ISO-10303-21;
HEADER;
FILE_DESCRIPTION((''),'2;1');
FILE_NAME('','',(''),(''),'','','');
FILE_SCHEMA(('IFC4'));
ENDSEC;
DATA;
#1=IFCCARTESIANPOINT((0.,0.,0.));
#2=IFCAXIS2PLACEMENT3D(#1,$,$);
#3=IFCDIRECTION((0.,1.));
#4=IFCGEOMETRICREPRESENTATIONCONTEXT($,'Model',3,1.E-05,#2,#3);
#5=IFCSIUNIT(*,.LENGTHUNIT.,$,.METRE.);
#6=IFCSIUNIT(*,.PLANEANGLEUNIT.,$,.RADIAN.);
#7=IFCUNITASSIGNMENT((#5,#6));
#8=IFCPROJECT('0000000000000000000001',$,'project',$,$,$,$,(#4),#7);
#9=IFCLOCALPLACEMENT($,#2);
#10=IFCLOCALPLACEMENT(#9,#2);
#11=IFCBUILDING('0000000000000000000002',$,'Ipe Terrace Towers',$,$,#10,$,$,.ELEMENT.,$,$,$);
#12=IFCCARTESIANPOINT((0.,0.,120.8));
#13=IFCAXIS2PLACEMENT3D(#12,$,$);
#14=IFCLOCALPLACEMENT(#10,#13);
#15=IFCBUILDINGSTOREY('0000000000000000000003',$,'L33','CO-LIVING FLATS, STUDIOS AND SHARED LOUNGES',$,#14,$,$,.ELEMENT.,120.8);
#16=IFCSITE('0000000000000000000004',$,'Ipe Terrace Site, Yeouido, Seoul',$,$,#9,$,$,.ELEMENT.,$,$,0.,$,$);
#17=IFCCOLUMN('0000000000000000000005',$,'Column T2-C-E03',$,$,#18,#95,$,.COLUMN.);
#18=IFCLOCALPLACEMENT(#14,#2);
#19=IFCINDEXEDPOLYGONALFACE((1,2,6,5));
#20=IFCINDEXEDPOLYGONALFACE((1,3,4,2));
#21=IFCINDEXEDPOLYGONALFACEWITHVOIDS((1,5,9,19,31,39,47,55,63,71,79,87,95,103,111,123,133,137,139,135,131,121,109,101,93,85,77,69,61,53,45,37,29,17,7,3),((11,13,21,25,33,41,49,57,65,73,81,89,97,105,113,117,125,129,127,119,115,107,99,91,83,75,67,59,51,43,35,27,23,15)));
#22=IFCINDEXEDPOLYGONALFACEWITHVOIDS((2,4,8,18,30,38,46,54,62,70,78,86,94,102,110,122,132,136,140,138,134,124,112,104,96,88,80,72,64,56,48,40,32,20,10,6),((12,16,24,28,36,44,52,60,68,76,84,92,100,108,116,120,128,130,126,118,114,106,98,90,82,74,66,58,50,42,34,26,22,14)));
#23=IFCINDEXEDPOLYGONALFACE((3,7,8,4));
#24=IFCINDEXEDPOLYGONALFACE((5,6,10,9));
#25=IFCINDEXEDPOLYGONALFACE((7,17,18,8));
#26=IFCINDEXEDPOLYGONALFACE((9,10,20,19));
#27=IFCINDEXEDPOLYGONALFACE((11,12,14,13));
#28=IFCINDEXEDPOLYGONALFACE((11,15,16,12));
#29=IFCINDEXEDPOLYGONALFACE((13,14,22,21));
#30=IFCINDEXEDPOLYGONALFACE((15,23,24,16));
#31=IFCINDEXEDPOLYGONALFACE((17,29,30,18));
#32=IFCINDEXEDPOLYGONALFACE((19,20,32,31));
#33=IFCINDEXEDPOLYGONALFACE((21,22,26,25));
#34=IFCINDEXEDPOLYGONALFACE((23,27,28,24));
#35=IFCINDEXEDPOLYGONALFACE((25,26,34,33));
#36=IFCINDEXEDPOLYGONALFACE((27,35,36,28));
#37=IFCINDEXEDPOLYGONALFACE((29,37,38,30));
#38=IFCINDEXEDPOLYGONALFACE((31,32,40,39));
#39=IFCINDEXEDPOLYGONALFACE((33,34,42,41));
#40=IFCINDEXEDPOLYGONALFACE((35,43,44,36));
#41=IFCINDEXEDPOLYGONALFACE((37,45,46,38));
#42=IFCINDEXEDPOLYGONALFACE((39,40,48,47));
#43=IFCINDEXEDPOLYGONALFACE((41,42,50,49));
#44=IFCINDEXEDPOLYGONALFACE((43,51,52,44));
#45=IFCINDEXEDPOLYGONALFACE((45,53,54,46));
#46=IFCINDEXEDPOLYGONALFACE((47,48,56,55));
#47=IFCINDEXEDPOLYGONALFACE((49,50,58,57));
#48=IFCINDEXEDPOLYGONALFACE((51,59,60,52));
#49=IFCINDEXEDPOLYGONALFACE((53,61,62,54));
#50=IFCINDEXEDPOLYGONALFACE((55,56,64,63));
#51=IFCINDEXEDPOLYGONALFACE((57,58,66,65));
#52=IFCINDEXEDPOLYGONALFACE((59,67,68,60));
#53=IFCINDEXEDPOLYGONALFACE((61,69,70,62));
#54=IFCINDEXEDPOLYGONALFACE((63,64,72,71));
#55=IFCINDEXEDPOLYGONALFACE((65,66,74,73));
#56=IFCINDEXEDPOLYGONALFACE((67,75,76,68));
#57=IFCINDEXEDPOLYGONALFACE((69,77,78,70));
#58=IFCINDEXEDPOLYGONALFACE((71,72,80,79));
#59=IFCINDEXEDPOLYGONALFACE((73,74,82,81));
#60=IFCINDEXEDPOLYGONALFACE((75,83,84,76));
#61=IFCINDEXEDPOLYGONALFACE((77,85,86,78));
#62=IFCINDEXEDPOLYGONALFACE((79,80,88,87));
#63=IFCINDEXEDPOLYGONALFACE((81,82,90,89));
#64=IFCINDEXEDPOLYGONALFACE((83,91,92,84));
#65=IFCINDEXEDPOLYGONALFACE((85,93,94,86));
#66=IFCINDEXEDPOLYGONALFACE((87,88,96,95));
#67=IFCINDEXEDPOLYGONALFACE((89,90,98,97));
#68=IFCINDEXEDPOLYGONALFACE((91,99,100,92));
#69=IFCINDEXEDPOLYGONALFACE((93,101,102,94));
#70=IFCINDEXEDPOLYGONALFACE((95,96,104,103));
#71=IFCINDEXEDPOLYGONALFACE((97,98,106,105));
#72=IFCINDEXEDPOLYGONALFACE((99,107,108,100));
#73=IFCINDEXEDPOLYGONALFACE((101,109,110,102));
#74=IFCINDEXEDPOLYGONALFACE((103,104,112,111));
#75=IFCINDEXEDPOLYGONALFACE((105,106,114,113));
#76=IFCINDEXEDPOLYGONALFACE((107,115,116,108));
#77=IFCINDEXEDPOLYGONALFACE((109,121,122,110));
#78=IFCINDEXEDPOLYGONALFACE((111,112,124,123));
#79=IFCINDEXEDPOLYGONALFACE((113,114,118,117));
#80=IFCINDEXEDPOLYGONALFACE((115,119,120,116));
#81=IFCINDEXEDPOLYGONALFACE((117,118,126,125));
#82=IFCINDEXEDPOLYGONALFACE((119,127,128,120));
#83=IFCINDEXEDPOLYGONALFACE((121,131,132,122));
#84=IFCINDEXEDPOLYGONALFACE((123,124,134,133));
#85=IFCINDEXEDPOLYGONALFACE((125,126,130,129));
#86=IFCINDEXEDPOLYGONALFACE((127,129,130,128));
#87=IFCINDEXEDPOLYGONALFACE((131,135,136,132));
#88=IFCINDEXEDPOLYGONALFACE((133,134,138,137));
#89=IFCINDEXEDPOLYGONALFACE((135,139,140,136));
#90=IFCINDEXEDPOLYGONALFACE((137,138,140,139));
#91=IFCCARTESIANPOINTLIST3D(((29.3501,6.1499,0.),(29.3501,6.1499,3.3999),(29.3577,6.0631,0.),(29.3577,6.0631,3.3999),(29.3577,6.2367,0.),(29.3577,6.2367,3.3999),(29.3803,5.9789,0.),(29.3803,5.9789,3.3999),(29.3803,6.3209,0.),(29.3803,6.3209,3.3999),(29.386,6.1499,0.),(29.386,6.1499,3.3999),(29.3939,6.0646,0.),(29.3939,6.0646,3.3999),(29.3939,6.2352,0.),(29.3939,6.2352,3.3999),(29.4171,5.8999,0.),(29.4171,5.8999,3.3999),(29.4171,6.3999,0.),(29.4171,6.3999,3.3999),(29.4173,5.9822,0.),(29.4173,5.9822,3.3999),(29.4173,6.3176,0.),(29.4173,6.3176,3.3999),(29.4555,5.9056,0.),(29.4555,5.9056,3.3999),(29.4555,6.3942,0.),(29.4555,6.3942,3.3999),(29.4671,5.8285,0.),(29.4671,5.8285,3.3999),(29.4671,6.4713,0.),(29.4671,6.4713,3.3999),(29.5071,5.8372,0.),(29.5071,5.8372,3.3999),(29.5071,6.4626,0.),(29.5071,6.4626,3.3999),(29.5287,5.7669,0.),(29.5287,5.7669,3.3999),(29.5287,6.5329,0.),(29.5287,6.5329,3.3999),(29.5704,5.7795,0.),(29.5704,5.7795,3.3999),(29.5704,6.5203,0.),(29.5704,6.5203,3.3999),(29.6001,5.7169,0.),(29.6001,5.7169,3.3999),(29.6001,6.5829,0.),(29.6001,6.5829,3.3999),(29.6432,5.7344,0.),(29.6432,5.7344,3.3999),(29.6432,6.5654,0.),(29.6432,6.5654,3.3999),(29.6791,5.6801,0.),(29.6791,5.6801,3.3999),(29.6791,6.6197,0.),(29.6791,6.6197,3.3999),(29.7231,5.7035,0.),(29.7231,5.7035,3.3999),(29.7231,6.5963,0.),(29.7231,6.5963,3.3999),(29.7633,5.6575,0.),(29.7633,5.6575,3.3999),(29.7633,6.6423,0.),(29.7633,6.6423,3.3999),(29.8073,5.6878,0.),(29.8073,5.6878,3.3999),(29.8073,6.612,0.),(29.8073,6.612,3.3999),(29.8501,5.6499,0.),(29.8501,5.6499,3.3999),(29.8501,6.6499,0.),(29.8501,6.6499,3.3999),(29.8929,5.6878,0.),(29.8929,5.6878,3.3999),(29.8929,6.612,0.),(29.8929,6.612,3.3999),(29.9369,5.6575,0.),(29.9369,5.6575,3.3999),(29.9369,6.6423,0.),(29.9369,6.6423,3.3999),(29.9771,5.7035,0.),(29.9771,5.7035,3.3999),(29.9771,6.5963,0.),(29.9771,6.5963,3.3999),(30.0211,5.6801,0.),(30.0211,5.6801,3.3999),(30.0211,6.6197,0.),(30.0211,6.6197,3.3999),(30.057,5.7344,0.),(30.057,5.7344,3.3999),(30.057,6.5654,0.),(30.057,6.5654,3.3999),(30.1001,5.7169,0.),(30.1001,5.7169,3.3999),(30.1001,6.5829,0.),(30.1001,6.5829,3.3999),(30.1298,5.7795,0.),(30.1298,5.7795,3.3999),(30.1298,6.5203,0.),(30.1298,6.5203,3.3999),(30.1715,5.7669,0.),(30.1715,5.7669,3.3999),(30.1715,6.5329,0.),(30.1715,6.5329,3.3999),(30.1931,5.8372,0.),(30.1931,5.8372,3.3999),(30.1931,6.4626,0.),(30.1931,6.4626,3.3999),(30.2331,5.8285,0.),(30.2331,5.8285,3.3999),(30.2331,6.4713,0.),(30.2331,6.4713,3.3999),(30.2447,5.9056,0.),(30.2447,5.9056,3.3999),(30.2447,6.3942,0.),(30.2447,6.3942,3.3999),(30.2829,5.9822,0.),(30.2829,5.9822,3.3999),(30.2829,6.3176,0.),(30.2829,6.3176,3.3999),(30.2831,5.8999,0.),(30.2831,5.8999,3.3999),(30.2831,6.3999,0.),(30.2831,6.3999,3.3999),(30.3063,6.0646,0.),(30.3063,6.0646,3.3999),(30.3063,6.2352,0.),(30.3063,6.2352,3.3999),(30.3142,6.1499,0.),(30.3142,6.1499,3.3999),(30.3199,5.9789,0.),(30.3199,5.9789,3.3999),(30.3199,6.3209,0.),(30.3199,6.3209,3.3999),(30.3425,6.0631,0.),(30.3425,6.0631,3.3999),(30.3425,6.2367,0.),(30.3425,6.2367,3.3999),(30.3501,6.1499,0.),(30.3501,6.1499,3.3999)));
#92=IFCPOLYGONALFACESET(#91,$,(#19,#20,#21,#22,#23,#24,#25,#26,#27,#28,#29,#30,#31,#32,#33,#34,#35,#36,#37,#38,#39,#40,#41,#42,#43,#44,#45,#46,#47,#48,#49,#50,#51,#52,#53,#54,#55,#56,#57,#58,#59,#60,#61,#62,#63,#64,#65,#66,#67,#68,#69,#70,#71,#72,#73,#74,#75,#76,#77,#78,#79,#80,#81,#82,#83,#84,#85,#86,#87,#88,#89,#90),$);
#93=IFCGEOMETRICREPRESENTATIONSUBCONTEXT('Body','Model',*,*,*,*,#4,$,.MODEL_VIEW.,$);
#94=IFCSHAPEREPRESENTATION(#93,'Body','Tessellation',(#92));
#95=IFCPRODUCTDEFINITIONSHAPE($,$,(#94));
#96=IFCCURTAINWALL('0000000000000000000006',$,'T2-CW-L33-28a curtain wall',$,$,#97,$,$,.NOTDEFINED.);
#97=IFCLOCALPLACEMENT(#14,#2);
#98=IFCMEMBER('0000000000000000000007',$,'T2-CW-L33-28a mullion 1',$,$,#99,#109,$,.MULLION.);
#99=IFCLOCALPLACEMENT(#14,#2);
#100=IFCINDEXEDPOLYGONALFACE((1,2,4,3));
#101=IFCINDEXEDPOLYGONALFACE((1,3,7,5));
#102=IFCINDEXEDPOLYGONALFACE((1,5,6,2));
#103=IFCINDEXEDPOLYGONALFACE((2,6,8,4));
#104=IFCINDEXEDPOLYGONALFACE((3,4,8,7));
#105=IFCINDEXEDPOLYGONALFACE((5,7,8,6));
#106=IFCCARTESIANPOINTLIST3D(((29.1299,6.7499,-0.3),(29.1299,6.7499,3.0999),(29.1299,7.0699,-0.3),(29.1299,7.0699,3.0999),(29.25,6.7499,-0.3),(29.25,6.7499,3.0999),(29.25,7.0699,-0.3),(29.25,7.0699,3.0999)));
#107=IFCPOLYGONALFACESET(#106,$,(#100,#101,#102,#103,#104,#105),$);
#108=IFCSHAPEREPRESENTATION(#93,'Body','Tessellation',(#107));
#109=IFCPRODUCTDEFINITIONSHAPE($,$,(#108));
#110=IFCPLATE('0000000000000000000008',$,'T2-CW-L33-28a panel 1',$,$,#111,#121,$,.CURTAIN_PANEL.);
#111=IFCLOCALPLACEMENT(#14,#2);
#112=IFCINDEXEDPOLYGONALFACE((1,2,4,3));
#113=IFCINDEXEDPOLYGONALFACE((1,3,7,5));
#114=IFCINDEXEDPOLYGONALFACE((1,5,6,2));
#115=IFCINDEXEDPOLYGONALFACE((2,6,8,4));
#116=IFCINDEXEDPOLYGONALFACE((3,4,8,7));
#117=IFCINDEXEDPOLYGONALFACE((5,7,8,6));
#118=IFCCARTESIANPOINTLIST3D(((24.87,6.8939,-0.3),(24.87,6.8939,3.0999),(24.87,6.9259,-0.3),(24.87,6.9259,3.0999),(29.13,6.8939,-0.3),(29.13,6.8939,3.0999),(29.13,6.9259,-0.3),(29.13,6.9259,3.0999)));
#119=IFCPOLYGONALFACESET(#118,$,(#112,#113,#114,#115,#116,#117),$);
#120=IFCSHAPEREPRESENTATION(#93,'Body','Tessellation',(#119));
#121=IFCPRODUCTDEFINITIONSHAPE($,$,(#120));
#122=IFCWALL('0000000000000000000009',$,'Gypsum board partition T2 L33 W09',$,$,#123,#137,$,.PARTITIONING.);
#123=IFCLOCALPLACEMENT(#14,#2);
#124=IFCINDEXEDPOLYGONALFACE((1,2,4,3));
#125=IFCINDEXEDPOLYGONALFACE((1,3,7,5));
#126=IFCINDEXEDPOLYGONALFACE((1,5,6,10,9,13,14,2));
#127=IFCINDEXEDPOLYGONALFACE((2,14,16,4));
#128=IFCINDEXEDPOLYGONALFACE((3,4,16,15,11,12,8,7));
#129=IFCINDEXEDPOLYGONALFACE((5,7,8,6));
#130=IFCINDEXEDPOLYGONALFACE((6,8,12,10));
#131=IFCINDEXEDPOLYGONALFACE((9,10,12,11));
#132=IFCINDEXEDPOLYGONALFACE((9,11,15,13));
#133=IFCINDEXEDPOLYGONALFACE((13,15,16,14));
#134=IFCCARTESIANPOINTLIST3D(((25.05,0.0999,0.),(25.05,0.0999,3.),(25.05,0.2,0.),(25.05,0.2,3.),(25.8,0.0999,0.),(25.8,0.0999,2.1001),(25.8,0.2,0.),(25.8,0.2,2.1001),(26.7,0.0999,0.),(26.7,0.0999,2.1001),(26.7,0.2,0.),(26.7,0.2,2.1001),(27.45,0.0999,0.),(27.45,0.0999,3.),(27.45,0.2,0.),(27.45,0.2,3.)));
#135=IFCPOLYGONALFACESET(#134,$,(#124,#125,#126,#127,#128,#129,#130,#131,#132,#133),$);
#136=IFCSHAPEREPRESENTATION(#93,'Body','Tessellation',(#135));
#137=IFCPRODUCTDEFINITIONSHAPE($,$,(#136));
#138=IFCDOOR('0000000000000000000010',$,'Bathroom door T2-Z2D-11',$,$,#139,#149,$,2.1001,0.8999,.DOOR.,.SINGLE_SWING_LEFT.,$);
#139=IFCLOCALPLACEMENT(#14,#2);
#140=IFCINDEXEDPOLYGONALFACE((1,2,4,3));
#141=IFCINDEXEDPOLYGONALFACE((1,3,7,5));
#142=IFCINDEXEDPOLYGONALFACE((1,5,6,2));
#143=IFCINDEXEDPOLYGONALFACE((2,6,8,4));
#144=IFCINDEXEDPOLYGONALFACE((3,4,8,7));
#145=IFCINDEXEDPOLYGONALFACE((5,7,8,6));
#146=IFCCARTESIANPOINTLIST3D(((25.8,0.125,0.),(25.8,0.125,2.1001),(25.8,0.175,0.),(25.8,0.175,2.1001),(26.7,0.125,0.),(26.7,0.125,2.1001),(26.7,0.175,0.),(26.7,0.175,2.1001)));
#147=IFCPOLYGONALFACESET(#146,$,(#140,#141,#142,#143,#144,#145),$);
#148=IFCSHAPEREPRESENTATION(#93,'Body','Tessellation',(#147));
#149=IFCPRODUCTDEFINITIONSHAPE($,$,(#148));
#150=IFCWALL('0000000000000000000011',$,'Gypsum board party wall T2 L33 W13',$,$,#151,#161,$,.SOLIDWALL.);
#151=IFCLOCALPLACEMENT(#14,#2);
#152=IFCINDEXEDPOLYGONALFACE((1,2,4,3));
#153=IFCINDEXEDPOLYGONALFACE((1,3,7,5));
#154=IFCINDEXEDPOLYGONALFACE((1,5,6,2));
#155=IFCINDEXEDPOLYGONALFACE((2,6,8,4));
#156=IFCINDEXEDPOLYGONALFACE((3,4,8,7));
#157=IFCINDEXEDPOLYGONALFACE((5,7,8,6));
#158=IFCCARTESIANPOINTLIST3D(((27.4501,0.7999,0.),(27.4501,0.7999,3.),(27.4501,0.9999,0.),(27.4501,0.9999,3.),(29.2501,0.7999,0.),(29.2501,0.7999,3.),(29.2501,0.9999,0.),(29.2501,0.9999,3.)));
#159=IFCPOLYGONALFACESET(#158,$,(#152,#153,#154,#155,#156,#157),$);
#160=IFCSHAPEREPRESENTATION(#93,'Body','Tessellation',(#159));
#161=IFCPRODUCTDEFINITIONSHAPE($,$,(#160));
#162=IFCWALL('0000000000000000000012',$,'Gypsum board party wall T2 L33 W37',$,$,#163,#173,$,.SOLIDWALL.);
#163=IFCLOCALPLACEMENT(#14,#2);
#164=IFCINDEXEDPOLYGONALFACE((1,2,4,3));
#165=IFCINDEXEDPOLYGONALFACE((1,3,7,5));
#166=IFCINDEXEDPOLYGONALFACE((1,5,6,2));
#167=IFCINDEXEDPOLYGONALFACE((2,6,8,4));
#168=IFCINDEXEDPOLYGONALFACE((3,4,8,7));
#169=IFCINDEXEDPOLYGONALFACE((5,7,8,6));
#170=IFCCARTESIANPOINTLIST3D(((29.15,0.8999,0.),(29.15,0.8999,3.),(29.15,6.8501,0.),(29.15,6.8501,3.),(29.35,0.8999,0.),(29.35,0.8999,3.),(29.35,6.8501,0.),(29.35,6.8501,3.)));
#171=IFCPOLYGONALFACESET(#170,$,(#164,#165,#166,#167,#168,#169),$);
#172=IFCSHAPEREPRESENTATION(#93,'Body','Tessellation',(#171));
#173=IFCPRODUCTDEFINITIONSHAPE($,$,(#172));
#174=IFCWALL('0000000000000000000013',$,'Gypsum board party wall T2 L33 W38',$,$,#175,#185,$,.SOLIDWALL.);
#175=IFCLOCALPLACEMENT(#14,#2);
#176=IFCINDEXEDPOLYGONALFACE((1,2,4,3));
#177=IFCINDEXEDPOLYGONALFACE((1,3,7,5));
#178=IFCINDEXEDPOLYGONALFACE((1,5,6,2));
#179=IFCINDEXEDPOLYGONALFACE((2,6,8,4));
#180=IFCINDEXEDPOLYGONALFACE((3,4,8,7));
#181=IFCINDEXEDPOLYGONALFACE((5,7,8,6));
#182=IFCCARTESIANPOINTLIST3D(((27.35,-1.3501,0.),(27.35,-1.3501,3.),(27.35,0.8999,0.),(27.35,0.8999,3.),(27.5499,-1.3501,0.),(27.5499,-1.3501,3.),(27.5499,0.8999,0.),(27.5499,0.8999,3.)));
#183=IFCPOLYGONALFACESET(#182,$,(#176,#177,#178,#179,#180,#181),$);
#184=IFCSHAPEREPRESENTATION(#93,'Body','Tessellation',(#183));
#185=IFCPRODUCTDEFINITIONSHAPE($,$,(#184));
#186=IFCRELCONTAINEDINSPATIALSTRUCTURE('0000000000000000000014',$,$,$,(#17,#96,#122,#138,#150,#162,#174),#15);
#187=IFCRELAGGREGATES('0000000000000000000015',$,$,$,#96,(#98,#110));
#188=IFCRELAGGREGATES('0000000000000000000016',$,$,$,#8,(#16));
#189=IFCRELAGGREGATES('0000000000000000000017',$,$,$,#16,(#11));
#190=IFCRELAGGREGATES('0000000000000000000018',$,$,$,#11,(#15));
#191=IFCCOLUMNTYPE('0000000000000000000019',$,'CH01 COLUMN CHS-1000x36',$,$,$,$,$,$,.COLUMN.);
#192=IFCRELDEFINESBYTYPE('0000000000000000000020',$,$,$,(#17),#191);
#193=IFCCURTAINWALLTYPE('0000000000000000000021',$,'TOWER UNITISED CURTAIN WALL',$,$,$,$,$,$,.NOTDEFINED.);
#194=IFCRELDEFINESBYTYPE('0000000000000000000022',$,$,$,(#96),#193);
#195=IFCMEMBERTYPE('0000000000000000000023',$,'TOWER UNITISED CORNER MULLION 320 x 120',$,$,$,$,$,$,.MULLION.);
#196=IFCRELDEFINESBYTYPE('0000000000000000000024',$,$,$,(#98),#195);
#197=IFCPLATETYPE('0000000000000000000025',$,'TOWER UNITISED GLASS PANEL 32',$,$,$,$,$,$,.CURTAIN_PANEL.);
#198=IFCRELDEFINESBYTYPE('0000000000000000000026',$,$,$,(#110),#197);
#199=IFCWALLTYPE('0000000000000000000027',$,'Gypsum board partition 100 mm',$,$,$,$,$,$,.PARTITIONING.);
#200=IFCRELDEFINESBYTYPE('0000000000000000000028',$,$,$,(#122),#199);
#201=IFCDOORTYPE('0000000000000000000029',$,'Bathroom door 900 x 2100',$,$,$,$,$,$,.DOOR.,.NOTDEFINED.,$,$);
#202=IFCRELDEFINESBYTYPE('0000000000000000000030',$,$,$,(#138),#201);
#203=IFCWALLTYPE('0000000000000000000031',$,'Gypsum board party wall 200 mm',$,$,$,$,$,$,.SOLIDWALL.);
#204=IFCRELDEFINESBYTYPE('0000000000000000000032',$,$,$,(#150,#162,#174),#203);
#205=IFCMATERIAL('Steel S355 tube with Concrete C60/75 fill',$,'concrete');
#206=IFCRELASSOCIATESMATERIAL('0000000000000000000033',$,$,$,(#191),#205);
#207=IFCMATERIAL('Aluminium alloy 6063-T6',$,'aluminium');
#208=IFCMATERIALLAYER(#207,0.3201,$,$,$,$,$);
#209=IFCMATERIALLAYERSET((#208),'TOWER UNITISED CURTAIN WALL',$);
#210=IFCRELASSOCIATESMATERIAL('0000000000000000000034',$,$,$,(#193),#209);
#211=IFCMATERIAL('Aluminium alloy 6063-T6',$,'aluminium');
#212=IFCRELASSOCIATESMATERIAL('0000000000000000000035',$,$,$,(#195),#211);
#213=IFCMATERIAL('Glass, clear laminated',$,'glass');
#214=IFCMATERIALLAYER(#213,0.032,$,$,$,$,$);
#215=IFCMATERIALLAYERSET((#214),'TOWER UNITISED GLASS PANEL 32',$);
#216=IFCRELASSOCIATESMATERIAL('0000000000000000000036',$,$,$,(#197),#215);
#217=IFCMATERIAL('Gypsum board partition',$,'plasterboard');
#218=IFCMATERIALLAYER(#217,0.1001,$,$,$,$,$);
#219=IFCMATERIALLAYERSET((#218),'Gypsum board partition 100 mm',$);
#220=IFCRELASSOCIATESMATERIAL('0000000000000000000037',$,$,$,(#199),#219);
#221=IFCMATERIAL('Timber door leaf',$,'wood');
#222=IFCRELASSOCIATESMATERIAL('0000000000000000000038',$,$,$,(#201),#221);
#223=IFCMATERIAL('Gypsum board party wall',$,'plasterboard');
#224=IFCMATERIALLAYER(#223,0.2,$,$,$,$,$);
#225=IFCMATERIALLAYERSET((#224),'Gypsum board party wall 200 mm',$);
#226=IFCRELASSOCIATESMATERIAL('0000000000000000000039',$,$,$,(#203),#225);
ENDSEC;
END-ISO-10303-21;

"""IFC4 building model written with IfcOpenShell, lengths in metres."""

from ifc_helpers import new_model, si_unit, direction, frame, frame_2d, origin, origin_2d, place, context, subcontext, project, spatial, rectangle, hollow_circle, extrude, material, layer, layer_set, material_profile, profile_set, type_object, element, fill, aggregate, save


model = new_model("IFC4")

# Units and contexts
model_context = context("Model", 3, precision=1e-05, world=origin(), true_north=direction((0.0, 1.0)))
body_context = subcontext(model_context, "Body", "Model", "MODEL_VIEW")
ifc_project = project(units=[si_unit("LENGTHUNIT", "METRE"), si_unit("PLANEANGLEUNIT", "RADIAN")], contexts=[model_context])

# Site, building, storey
site_placement = place(None, origin())
site = spatial("IfcSite", under=ifc_project, at=site_placement, Name="Ipe Terrace Site, Yeouido, Seoul", CompositionType="ELEMENT", RefElevation=0.0)
building_placement = place(site_placement, origin())
building = spatial("IfcBuilding", under=site, at=building_placement, Name="Ipe Terrace Towers", CompositionType="ELEMENT")
storey_placement = place(building_placement, frame((0.0, 0.0, 120.8)))
storey = spatial("IfcBuildingStorey", under=building, at=storey_placement, Name="L33", Description="CO-LIVING FLATS, STUDIOS AND SHARED LOUNGES", CompositionType="ELEMENT", Elevation=120.8)

# Column
ifc_material_1 = material(Name="Steel S355 tube with Concrete C60/75 fill", Category="concrete")
ifc_material_profile_1 = material_profile(ifc_material_1, hollow_circle(Radius=0.5, WallThickness=0.0359, at=origin_2d()), Name="CHS-1000x36")
ifc_profile_set_1 = profile_set([ifc_material_profile_1], Name="Steel S355 tube with Concrete C60/75 fill")
column_type = type_object("IfcColumnType", Name="CH01 COLUMN CHS-1000x36", PredefinedType="COLUMN", material=ifc_profile_set_1)
column_placement = place(storey_placement, frame((29.8501, 6.1499, 0.0), z_axis=(0.0, 0.0, 1.0), x_axis=(1.0, 0.0, 0.0)))
element("IfcColumn", 1, at=column_placement, inside=storey, type_object=column_type, Name="Column T2-C-E03", PredefinedType="COLUMN", context=body_context, shape_type="SweptSolid", body=[
    extrude(hollow_circle(Radius=0.5, WallThickness=0.0359, at=origin_2d()), origin(), (0.0, 0.0, 1.0), 3.3999),
])

# Curtain wall, member, plate
ifc_material_2 = material(Name="Aluminium alloy 6063-T6", Category="aluminium")
ifc_layer_1 = layer(ifc_material_2, 0.3201)
ifc_layer_set_1 = layer_set([ifc_layer_1], Name="TOWER UNITISED CURTAIN WALL")
curtain_wall_type = type_object("IfcCurtainWallType", Name="TOWER UNITISED CURTAIN WALL", PredefinedType="NOTDEFINED", material=ifc_layer_set_1)
curtain_wall_placement = place(storey_placement, origin())
curtain_wall = element("IfcCurtainWall", 2, at=curtain_wall_placement, inside=storey, type_object=curtain_wall_type, Name="T2-CW-L33-28a curtain wall", PredefinedType="NOTDEFINED")
ifc_material_3 = material(Name="Aluminium alloy 6063-T6", Category="aluminium")
ifc_material_profile_2 = material_profile(ifc_material_3, rectangle(XDim=0.3201, YDim=0.1201, at=origin_2d()), Name="TOWER UNITISED CORNER MULLION 320 x 120")
ifc_profile_set_2 = profile_set([ifc_material_profile_2], Name="Aluminium alloy 6063-T6")
member_type = type_object("IfcMemberType", Name="TOWER UNITISED CORNER MULLION 320 x 120", PredefinedType="MULLION", material=ifc_profile_set_2)
member_placement = place(storey_placement, frame((29.1899, 6.9099, -0.3), z_axis=(0.0, 0.0, 1.0), x_axis=(0.0, 1.0, 0.0)))
member = element("IfcMember", 3, at=member_placement, type_object=member_type, Name="T2-CW-L33-28a mullion 1", PredefinedType="MULLION", context=body_context, shape_type="SweptSolid", body=[
    extrude(rectangle(XDim=0.3201, YDim=0.1201, at=origin_2d()), origin(), (0.0, 0.0, 1.0), 3.3999),
])
ifc_material_4 = material(Name="Glass, clear laminated", Category="glass")
ifc_layer_2 = layer(ifc_material_4, 0.032)
ifc_layer_set_2 = layer_set([ifc_layer_2], Name="TOWER UNITISED GLASS PANEL 32")
plate_type = type_object("IfcPlateType", Name="TOWER UNITISED GLASS PANEL 32", PredefinedType="CURTAIN_PANEL", material=ifc_layer_set_2)
plate_placement = place(storey_placement, frame((27.0, 6.9099, -0.3), z_axis=(0.0, 0.0, 1.0), x_axis=(-1.0, 0.0, 0.0)))
plate = element("IfcPlate", 4, at=plate_placement, type_object=plate_type, Name="T2-CW-L33-28a panel 1", PredefinedType="CURTAIN_PANEL", context=body_context, shape_type="SweptSolid", body=[
    extrude(rectangle(XDim=4.26, YDim=0.032, at=origin_2d()), origin(), (0.0, 0.0, 1.0), 3.3999),
])
aggregate(curtain_wall, [member, plate])

# Wall, opening, door
ifc_material_5 = material(Name="Gypsum board partition", Category="plasterboard")
ifc_layer_3 = layer(ifc_material_5, 0.1001)
ifc_layer_set_3 = layer_set([ifc_layer_3], Name="Gypsum board partition 100 mm")
wall_type_1 = type_object("IfcWallType", Name="Gypsum board partition 100 mm", PredefinedType="PARTITIONING", material=ifc_layer_set_3)
wall_1_placement = place(storey_placement, frame((27.45, 0.1499, 0.0), z_axis=(0.0, 0.0, 1.0), x_axis=(-1.0, 0.0, 0.0)))
wall_1 = element("IfcWall", 5, at=wall_1_placement, inside=storey, type_object=wall_type_1, Name="Gypsum board partition T2 L33 W09", PredefinedType="PARTITIONING", context=body_context, shape_type="SweptSolid", body=[
    extrude(rectangle(XDim=2.3999, YDim=0.1001, at=frame_2d((1.2, 0.0))), origin(), (0.0, 0.0, 1.0), 3.0),
])
opening_1_placement = place(wall_1_placement, frame((0.75, 0.0, 0.0)))
opening_1 = element("IfcOpeningElement", 6, at=opening_1_placement, cuts=wall_1, PredefinedType="OPENING", context=body_context, shape_type="SweptSolid", body=[
    extrude(rectangle(XDim=0.8999, YDim=2.1001, at=frame_2d((0.45, 1.05))), frame((0.0, 0.0601, 0.0), z_axis=(0.0, -1.0, 0.0), x_axis=(1.0, 0.0, 0.0)), (0.0, 0.0, 1.0), 0.1201),
])
ifc_material_6 = material(Name="Timber door leaf", Category="wood")
door_type_1 = type_object("IfcDoorType", Name="Bathroom door 900 x 2100", OperationType="NOTDEFINED", PredefinedType="DOOR", material=ifc_material_6)
door_1_placement = place(opening_1_placement, origin())
door_1 = element("IfcDoor", 7, at=door_1_placement, inside=storey, type_object=door_type_1, Name="Bathroom door T2-Z2D-11", OperationType="SINGLE_SWING_LEFT", OverallHeight=2.1001, OverallWidth=0.8999, PredefinedType="DOOR", context=body_context, shape_type="SweptSolid", body=[
    extrude(rectangle(XDim=0.8999, YDim=2.1001, at=frame_2d((0.45, 1.05))), frame((0.0, 0.0249, 0.0), z_axis=(0.0, -1.0, 0.0), x_axis=(1.0, 0.0, 0.0)), (0.0, 0.0, 1.0), 0.05),
])
fill(opening_1, door_1)

# Walls
ifc_material_7 = material(Name="Gypsum board party wall", Category="plasterboard")
ifc_layer_4 = layer(ifc_material_7, 0.2)
ifc_layer_set_4 = layer_set([ifc_layer_4], Name="Gypsum board party wall 200 mm")
wall_type_2 = type_object("IfcWallType", Name="Gypsum board party wall 200 mm", PredefinedType="SOLIDWALL", material=ifc_layer_set_4)
wall_2_placement = place(storey_placement, frame((29.25, 0.8999, 0.0), z_axis=(0.0, 0.0, 1.0), x_axis=(-1.0, 0.0, 0.0)))
element("IfcWall", 8, at=wall_2_placement, inside=storey, type_object=wall_type_2, Name="Gypsum board party wall T2 L33 W13", PredefinedType="SOLIDWALL", context=body_context, shape_type="SweptSolid", body=[
    extrude(rectangle(XDim=1.8, YDim=0.2, at=frame_2d((0.8999, 0.0))), origin(), (0.0, 0.0, 1.0), 3.0),
])
wall_3_placement = place(storey_placement, frame((29.25, 0.8999, 0.0), z_axis=(0.0, 0.0, 1.0), x_axis=(0.0, 1.0, 0.0)))
element("IfcWall", 9, at=wall_3_placement, inside=storey, type_object=wall_type_2, Name="Gypsum board party wall T2 L33 W37", PredefinedType="SOLIDWALL", context=body_context, shape_type="SweptSolid", body=[
    extrude(rectangle(XDim=5.9502, YDim=0.2, at=frame_2d((2.9751, 0.0))), origin(), (0.0, 0.0, 1.0), 3.0),
])
wall_4_placement = place(storey_placement, frame((27.45, -1.3501, 0.0), z_axis=(0.0, 0.0, 1.0), x_axis=(0.0, 1.0, 0.0)))
element("IfcWall", 10, at=wall_4_placement, inside=storey, type_object=wall_type_2, Name="Gypsum board party wall T2 L33 W38", PredefinedType="SOLIDWALL", context=body_context, shape_type="SweptSolid", body=[
    extrude(rectangle(XDim=2.25, YDim=0.2, at=frame_2d((1.125, 0.0))), origin(), (0.0, 0.0, 1.0), 3.0),
])

save(model, "model.ifc")
